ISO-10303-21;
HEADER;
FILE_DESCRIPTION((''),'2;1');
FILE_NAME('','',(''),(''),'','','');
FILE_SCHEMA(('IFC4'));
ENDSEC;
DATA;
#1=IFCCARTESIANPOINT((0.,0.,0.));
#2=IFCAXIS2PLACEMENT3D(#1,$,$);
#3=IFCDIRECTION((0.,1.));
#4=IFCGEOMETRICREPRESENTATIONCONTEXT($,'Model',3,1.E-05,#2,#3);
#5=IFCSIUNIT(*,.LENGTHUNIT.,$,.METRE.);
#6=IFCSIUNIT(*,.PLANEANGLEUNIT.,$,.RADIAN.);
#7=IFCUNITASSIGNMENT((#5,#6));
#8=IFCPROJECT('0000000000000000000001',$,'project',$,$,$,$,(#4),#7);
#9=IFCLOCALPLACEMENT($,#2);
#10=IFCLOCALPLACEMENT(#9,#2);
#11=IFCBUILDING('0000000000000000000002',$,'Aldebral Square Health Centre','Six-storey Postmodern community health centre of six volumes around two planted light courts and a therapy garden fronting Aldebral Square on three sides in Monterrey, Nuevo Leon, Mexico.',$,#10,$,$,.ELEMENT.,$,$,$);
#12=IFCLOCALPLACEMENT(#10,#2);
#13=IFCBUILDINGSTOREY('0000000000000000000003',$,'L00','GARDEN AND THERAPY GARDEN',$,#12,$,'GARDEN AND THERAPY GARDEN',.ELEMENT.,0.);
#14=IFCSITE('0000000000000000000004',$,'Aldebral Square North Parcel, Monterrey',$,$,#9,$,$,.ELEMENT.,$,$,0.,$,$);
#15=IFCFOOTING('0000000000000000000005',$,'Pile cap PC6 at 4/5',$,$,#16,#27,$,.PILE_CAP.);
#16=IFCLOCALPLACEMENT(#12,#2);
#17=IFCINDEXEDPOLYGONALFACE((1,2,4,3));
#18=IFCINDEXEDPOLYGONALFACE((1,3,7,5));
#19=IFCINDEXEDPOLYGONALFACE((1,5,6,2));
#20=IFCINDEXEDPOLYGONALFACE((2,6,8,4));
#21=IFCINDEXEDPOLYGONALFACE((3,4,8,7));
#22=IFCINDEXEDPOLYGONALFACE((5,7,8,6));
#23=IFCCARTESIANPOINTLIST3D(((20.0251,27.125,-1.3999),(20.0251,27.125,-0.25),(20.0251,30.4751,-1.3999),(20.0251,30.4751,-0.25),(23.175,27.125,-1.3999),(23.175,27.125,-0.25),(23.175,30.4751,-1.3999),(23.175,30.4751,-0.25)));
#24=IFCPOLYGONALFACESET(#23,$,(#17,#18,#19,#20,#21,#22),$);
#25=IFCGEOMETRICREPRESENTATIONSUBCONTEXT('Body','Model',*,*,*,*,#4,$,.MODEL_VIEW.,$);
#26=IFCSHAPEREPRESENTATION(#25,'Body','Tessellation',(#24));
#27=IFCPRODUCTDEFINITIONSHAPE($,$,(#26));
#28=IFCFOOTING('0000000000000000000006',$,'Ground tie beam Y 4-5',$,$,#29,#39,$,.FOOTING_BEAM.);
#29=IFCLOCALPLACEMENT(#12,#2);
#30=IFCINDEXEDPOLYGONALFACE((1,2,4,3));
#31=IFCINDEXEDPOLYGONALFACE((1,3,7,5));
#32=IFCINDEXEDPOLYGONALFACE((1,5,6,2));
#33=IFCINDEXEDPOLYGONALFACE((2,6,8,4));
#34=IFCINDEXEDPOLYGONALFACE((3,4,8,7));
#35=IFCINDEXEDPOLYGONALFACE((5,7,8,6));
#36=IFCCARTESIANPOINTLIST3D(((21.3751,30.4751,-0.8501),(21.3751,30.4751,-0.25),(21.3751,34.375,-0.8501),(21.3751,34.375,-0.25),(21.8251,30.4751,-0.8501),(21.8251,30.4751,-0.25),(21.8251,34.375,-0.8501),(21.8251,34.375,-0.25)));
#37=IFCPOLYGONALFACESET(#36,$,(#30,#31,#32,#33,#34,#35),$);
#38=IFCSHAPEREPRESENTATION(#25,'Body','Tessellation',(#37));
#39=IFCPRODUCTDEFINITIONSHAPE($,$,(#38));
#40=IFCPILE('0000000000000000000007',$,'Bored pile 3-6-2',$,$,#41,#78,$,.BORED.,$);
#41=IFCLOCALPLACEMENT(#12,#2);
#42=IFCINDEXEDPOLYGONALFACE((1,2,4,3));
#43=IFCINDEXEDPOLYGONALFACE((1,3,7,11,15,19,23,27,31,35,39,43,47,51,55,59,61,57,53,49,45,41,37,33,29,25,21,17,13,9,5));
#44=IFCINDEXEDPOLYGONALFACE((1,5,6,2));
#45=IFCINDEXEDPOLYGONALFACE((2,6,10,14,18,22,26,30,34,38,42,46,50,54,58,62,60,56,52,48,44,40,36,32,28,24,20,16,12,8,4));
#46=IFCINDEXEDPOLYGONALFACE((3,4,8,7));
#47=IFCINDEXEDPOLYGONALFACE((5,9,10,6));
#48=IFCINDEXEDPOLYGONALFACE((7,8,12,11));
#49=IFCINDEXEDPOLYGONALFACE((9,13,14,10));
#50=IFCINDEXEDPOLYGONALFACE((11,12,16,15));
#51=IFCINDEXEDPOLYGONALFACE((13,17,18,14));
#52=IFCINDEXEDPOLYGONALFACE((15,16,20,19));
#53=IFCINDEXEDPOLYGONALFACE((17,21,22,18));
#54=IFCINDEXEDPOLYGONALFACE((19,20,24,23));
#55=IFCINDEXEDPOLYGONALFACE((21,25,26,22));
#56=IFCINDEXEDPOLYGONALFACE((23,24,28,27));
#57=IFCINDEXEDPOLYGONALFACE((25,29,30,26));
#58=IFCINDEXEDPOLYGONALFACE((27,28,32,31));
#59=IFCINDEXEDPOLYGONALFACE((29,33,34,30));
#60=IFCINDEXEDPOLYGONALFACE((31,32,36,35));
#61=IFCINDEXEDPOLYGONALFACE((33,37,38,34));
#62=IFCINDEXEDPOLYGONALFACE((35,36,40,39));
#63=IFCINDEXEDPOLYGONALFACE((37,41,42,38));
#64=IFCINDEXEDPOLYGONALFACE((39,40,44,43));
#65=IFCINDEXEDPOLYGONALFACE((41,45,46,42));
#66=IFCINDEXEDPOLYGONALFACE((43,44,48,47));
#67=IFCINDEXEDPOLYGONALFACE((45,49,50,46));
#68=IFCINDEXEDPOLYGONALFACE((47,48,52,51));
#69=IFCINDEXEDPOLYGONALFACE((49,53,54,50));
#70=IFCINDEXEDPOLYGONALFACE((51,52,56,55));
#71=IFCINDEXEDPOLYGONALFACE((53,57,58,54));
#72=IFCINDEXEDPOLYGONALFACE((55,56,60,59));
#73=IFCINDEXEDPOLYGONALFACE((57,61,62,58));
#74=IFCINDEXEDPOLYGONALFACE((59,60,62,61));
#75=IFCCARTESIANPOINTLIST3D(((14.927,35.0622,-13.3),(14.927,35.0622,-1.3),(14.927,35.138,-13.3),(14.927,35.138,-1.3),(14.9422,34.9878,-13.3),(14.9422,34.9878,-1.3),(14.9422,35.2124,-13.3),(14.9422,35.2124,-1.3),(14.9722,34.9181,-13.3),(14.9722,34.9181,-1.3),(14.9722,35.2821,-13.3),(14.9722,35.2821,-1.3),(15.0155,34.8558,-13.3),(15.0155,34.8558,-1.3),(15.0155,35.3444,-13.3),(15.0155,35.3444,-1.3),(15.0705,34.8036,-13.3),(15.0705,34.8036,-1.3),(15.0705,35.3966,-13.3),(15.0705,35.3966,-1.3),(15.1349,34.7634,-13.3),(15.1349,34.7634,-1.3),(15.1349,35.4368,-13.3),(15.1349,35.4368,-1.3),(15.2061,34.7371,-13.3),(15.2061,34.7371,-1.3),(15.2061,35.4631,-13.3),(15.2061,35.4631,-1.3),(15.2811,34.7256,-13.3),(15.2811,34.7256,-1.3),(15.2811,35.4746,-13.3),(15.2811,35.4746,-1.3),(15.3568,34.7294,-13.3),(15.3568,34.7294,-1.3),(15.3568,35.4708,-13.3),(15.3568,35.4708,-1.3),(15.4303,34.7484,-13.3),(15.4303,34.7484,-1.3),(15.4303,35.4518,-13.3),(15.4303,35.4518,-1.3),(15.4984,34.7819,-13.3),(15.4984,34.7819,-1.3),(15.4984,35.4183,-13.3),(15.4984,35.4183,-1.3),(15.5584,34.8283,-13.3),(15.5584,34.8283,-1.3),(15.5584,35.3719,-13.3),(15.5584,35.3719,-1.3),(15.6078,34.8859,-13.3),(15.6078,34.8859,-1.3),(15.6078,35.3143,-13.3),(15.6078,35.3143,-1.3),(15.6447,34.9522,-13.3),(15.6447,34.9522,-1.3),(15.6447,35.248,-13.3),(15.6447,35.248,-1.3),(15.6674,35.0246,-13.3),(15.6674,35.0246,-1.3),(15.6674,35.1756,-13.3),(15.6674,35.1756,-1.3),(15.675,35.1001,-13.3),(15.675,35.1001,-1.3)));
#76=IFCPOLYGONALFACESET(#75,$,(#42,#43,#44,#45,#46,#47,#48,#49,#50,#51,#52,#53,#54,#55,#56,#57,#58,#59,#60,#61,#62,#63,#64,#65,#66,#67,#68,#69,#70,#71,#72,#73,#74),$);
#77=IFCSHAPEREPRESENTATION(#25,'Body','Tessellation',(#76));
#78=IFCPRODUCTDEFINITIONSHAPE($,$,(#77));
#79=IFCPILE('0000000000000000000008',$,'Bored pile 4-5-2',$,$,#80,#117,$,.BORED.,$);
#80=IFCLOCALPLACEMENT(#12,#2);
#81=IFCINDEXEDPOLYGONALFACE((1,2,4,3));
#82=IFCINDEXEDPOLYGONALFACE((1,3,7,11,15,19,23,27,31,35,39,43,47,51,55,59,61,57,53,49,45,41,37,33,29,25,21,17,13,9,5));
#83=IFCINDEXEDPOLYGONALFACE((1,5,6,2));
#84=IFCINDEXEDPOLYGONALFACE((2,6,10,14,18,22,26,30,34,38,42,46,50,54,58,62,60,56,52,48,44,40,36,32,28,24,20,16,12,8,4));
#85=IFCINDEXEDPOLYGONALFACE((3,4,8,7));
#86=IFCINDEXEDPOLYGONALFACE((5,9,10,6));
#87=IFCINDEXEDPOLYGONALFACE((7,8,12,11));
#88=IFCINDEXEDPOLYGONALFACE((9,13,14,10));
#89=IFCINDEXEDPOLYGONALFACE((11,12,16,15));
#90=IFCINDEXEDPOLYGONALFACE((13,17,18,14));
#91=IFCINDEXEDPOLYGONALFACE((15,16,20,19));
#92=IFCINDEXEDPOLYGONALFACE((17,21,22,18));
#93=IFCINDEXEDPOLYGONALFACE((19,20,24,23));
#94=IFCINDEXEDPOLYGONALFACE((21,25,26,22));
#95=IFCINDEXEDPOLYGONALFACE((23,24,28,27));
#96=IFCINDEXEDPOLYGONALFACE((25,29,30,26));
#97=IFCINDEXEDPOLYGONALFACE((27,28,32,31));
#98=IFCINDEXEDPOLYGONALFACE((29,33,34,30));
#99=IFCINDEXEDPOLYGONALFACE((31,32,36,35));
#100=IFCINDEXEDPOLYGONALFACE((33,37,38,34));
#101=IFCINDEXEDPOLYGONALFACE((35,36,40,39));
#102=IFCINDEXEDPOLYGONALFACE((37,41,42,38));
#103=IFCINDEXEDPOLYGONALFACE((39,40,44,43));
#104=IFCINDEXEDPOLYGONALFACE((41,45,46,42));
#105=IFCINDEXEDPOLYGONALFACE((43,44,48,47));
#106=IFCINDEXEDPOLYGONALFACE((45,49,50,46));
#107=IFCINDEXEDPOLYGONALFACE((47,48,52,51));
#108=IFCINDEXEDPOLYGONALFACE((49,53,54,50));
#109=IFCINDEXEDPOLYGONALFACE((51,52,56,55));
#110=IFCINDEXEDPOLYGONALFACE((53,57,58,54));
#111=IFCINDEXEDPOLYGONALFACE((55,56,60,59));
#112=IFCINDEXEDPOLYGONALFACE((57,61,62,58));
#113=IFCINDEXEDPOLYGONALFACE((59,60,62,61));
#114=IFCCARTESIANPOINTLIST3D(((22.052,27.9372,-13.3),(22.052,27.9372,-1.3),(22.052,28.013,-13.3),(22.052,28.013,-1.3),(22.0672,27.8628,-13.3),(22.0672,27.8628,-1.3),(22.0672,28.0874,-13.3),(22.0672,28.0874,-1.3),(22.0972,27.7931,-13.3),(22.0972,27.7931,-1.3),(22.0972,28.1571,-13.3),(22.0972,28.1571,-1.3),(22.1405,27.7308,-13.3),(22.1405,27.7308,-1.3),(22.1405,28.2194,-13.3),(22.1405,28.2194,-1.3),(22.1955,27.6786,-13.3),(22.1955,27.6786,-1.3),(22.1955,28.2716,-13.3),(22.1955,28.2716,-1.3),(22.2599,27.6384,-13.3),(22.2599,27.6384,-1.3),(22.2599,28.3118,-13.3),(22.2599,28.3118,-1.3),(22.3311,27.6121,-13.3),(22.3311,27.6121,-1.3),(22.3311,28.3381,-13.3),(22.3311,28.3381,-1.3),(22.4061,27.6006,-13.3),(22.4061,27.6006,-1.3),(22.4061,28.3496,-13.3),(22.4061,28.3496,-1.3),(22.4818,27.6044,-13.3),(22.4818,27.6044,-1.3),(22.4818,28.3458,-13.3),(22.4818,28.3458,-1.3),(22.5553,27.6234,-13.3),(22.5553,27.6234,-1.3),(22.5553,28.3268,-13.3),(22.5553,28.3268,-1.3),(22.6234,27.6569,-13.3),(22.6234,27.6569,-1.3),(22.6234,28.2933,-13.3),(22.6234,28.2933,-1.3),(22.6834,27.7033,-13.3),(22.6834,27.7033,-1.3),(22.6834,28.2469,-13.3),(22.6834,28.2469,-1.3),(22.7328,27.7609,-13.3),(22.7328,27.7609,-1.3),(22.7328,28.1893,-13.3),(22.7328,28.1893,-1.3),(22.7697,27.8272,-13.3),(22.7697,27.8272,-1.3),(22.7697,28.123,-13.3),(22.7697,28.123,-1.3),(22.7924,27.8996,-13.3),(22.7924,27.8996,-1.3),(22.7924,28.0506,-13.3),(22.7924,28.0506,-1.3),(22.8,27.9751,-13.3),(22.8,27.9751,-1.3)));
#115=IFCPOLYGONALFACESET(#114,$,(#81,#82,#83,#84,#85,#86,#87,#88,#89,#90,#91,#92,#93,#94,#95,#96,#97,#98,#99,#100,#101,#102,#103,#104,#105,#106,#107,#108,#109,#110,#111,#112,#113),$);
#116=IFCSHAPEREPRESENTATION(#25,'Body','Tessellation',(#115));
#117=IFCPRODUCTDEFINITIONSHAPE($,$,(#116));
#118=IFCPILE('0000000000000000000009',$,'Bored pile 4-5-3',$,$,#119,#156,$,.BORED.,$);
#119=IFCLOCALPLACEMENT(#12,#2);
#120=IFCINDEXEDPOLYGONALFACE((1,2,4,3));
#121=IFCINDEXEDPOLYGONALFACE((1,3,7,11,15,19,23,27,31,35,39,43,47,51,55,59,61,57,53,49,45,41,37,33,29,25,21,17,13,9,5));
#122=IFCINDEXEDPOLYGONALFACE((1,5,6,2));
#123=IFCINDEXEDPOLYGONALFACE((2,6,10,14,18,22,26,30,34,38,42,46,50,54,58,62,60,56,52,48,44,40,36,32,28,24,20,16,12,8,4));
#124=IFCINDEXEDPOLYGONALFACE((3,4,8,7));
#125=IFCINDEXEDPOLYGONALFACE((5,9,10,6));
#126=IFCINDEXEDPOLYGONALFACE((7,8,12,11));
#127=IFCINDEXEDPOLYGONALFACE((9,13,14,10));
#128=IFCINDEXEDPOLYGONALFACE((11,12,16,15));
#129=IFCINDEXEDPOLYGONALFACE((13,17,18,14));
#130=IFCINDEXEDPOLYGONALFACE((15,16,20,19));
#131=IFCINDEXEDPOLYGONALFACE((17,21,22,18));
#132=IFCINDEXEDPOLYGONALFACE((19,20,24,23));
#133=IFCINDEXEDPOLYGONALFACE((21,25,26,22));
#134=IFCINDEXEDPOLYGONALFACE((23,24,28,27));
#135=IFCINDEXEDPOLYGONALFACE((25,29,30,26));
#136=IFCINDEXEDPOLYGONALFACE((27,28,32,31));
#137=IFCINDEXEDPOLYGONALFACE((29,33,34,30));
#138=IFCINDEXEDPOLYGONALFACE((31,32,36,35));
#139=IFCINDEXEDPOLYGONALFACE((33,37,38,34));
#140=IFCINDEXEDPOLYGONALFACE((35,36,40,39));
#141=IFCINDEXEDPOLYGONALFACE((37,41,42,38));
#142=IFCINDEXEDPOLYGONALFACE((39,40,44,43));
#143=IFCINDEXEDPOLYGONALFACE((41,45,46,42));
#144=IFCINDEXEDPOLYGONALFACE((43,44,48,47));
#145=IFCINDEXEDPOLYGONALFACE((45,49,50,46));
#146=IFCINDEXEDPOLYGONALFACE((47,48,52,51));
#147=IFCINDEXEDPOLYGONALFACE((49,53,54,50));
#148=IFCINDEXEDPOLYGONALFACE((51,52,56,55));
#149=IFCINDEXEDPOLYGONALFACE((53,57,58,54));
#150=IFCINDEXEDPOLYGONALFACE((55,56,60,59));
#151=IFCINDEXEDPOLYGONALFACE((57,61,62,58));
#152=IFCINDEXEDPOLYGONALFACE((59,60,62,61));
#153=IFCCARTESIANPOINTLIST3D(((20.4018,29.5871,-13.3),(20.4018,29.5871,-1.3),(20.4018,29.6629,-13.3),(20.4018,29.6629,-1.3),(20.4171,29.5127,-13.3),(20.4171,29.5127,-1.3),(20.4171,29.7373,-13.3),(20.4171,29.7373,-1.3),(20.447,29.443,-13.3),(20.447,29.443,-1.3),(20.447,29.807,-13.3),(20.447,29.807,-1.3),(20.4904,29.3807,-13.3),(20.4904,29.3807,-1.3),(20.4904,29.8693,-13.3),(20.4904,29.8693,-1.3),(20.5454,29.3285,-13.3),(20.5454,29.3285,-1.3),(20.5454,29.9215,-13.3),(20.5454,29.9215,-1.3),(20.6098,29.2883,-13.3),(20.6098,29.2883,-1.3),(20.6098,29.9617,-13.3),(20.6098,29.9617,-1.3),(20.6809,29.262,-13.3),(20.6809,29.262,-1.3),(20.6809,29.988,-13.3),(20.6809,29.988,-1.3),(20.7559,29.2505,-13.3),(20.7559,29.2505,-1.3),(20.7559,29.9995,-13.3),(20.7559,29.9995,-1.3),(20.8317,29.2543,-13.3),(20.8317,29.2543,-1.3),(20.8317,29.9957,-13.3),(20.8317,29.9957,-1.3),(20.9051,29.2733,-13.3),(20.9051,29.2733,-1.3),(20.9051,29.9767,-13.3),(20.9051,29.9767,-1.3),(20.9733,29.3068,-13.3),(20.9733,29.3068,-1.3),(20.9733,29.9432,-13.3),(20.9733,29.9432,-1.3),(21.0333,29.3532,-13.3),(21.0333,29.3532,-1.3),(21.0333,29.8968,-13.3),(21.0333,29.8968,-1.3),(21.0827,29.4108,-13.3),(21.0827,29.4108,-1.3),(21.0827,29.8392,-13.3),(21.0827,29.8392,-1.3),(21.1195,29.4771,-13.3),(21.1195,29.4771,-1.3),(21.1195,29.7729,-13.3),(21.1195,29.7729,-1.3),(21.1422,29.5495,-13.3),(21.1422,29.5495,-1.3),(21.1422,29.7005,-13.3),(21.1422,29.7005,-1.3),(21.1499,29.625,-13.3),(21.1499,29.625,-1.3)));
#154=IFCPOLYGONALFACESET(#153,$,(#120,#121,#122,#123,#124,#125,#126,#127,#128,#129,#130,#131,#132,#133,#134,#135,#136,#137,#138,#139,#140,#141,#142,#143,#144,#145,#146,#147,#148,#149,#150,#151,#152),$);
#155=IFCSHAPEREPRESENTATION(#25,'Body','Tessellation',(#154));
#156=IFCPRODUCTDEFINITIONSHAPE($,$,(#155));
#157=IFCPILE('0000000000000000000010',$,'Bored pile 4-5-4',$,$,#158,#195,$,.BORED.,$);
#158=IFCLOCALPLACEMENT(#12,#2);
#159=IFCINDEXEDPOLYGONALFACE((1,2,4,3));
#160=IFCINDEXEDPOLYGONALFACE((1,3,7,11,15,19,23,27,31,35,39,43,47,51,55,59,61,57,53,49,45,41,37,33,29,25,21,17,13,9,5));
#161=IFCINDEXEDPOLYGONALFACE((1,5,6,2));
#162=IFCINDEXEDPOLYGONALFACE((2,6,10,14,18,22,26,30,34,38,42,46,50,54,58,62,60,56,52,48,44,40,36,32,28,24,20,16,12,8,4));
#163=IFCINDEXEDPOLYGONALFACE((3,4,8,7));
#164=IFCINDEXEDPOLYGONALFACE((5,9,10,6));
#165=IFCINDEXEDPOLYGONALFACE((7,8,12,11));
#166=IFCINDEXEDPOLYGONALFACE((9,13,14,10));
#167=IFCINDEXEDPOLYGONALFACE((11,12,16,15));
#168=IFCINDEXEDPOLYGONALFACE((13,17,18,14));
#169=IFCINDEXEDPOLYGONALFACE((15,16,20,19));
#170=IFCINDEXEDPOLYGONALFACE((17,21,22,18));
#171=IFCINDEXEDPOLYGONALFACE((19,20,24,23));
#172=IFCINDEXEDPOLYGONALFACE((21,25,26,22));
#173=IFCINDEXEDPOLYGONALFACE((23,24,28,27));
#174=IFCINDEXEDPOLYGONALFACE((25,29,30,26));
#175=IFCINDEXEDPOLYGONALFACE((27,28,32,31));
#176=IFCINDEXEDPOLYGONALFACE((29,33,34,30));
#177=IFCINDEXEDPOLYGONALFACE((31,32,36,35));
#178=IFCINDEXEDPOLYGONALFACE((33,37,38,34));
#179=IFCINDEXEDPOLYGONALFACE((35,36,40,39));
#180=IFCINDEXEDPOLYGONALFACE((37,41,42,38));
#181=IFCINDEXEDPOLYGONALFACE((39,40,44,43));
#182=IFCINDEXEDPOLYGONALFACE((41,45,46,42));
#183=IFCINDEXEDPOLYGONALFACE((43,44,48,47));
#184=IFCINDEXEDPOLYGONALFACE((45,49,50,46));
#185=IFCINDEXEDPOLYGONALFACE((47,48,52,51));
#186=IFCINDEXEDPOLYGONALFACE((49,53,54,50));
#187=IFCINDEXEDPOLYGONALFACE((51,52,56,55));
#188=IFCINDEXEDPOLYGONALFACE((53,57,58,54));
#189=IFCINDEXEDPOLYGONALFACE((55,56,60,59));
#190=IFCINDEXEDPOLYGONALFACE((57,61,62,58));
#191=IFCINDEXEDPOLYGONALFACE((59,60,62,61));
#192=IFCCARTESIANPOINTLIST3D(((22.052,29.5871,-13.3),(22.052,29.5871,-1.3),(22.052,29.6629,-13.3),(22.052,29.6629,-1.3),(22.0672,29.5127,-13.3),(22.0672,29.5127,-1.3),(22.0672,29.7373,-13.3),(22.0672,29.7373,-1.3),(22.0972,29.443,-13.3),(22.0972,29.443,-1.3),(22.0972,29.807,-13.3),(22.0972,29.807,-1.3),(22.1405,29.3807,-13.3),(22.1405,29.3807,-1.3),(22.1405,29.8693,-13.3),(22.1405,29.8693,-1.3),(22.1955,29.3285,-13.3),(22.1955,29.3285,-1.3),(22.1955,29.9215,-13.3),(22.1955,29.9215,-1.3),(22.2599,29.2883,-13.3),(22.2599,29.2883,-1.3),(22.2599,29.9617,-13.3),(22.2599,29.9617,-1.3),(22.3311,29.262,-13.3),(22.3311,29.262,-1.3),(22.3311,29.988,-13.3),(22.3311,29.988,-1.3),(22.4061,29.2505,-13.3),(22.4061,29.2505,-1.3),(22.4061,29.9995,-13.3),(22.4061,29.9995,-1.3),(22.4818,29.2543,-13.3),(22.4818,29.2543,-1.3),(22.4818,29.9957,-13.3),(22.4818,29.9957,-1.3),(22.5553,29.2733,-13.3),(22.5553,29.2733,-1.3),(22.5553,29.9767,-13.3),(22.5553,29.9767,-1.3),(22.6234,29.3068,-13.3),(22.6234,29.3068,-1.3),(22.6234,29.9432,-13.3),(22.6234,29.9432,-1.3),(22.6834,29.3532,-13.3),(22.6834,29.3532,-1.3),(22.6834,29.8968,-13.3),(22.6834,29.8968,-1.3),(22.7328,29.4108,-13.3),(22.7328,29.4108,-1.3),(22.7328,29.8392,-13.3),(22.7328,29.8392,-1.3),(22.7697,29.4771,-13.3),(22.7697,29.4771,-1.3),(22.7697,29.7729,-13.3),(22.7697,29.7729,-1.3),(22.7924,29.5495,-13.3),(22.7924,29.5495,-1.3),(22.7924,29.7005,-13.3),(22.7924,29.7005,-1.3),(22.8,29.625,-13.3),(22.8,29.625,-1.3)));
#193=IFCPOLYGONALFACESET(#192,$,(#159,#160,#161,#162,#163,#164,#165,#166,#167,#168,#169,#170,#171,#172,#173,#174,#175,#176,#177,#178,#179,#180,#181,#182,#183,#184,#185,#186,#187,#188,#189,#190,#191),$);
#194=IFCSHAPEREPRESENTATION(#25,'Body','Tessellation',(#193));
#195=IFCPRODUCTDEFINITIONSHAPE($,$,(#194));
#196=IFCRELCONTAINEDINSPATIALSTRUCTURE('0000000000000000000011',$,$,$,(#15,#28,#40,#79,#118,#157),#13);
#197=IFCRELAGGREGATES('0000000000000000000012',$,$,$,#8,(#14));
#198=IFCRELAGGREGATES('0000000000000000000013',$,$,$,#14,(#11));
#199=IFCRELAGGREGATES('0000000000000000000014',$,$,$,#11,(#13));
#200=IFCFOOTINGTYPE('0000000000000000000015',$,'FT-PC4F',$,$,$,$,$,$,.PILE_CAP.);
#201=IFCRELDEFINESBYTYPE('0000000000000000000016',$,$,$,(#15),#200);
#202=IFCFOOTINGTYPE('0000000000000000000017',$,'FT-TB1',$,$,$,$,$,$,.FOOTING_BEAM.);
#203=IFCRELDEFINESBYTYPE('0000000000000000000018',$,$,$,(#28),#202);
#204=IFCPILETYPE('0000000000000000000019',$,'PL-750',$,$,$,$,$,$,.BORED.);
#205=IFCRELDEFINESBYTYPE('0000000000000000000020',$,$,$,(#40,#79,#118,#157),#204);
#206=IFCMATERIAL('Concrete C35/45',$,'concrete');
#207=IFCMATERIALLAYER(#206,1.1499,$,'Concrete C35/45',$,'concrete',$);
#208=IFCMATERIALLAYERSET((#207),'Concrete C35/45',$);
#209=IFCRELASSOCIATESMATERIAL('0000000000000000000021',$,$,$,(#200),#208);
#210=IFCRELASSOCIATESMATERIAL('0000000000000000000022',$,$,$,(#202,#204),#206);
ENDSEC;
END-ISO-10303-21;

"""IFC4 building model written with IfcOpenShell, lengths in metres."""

from ifc_helpers import new_model, si_unit, direction, frame, origin, origin_2d, place, context, subcontext, project, spatial, rectangle, circle, extrude, material, layer, layer_set, material_profile, profile_set, type_object, element, save


model = new_model("IFC4")

# Units and contexts
model_context = context("Model", 3, precision=1e-05, world=origin(), true_north=direction((0.0, 1.0)))
body_context = subcontext(model_context, "Body", "Model", "MODEL_VIEW")
ifc_project = project(units=[si_unit("LENGTHUNIT", "METRE"), si_unit("PLANEANGLEUNIT", "RADIAN")], contexts=[model_context])

# Site, building, storey
site_placement = place(None, origin())
site = spatial("IfcSite", under=ifc_project, at=site_placement, Name="Aldebral Square North Parcel, Monterrey", CompositionType="ELEMENT", RefElevation=0.0)
building_placement = place(site_placement, origin())
building = spatial("IfcBuilding", under=site, at=building_placement, Name="Aldebral Square Health Centre", Description="Six-storey Postmodern community health centre of six volumes around two planted light courts and a therapy garden fronting Aldebral Square on three sides in Monterrey, Nuevo Leon, Mexico.", CompositionType="ELEMENT")
storey_placement = place(building_placement, origin())
storey = spatial("IfcBuildingStorey", under=building, at=storey_placement, Name="L00", Description="GARDEN AND THERAPY GARDEN", LongName="GARDEN AND THERAPY GARDEN", CompositionType="ELEMENT", Elevation=0.0)

# Footings
ifc_material_1 = material(Name="Concrete C35/45", Category="concrete")
ifc_layer_1 = layer(ifc_material_1, 1.1499, Name="Concrete C35/45", Category="concrete")
ifc_layer_set_1 = layer_set([ifc_layer_1], Name="Concrete C35/45")
footing_type_1 = type_object("IfcFootingType", Name="FT-PC4F", PredefinedType="PILE_CAP", material=ifc_layer_set_1)
footing_1_placement = place(storey_placement, frame((21.6001, 28.8, -1.3999), z_axis=(0.0, 0.0, 1.0), x_axis=(1.0, 0.0, 0.0)))
element("IfcFooting", 1, at=footing_1_placement, inside=storey, type_object=footing_type_1, Name="Pile cap PC6 at 4/5", PredefinedType="PILE_CAP", context=body_context, shape_type="SweptSolid", body=[
    extrude(rectangle(XDim=3.1499, YDim=3.3501, at=origin_2d()), origin(), (0.0, 0.0, 1.0), 1.1499),
])
ifc_material_profile_1 = material_profile(ifc_material_1, rectangle(XDim=0.45, YDim=0.6001, at=origin_2d()), Name="RC 450x600")
ifc_profile_set_1 = profile_set([ifc_material_profile_1], Name="Concrete C35/45")
footing_type_2 = type_object("IfcFootingType", Name="FT-TB1", PredefinedType="FOOTING_BEAM", material=ifc_profile_set_1)
footing_2_placement = place(storey_placement, frame((21.6001, 30.4751, -0.55), z_axis=(0.0, 1.0, 0.0), x_axis=(-1.0, 0.0, 0.0)))
element("IfcFooting", 2, at=footing_2_placement, inside=storey, type_object=footing_type_2, Name="Ground tie beam Y 4-5", PredefinedType="FOOTING_BEAM", context=body_context, shape_type="SweptSolid", body=[
    extrude(rectangle(XDim=0.45, YDim=0.6001, at=origin_2d()), origin(), (0.0, 0.0, 1.0), 3.8999),
])

# Piles
ifc_material_profile_2 = material_profile(ifc_material_1, circle(Radius=0.375, at=origin_2d()), Name="PILE D750")
ifc_profile_set_2 = profile_set([ifc_material_profile_2], Name="Concrete C35/45")
pile_type_1 = type_object("IfcPileType", Name="PL-750", PredefinedType="BORED", material=ifc_profile_set_2)
for number, where, z_axis, x_axis, name in (
    (3, (15.3, 35.1001, -1.3), (0.0, 0.0, -1.0), (1.0, 0.0, 0.0), "Bored pile 3-6-2"),
    (4, (22.425, 27.9751, -1.3), (0.0, 0.0, -1.0), (1.0, 0.0, 0.0), "Bored pile 4-5-2"),
    (5, (20.7749, 29.625, -1.3), (0.0, 0.0, -1.0), (1.0, 0.0, 0.0), "Bored pile 4-5-3"),
    (6, (22.425, 29.625, -1.3), (0.0, 0.0, -1.0), (1.0, 0.0, 0.0), "Bored pile 4-5-4"),
):
    element("IfcPile", number, at=place(storey_placement, frame(where, z_axis=z_axis, x_axis=x_axis)), inside=storey, type_object=pile_type_1, Name=name, PredefinedType="BORED", context=body_context, shape_type="SweptSolid", body=[
        extrude(circle(Radius=0.375, at=origin_2d()), origin(), (0.0, 0.0, 1.0), 12.0),
    ])

save(model, "model.ifc")
